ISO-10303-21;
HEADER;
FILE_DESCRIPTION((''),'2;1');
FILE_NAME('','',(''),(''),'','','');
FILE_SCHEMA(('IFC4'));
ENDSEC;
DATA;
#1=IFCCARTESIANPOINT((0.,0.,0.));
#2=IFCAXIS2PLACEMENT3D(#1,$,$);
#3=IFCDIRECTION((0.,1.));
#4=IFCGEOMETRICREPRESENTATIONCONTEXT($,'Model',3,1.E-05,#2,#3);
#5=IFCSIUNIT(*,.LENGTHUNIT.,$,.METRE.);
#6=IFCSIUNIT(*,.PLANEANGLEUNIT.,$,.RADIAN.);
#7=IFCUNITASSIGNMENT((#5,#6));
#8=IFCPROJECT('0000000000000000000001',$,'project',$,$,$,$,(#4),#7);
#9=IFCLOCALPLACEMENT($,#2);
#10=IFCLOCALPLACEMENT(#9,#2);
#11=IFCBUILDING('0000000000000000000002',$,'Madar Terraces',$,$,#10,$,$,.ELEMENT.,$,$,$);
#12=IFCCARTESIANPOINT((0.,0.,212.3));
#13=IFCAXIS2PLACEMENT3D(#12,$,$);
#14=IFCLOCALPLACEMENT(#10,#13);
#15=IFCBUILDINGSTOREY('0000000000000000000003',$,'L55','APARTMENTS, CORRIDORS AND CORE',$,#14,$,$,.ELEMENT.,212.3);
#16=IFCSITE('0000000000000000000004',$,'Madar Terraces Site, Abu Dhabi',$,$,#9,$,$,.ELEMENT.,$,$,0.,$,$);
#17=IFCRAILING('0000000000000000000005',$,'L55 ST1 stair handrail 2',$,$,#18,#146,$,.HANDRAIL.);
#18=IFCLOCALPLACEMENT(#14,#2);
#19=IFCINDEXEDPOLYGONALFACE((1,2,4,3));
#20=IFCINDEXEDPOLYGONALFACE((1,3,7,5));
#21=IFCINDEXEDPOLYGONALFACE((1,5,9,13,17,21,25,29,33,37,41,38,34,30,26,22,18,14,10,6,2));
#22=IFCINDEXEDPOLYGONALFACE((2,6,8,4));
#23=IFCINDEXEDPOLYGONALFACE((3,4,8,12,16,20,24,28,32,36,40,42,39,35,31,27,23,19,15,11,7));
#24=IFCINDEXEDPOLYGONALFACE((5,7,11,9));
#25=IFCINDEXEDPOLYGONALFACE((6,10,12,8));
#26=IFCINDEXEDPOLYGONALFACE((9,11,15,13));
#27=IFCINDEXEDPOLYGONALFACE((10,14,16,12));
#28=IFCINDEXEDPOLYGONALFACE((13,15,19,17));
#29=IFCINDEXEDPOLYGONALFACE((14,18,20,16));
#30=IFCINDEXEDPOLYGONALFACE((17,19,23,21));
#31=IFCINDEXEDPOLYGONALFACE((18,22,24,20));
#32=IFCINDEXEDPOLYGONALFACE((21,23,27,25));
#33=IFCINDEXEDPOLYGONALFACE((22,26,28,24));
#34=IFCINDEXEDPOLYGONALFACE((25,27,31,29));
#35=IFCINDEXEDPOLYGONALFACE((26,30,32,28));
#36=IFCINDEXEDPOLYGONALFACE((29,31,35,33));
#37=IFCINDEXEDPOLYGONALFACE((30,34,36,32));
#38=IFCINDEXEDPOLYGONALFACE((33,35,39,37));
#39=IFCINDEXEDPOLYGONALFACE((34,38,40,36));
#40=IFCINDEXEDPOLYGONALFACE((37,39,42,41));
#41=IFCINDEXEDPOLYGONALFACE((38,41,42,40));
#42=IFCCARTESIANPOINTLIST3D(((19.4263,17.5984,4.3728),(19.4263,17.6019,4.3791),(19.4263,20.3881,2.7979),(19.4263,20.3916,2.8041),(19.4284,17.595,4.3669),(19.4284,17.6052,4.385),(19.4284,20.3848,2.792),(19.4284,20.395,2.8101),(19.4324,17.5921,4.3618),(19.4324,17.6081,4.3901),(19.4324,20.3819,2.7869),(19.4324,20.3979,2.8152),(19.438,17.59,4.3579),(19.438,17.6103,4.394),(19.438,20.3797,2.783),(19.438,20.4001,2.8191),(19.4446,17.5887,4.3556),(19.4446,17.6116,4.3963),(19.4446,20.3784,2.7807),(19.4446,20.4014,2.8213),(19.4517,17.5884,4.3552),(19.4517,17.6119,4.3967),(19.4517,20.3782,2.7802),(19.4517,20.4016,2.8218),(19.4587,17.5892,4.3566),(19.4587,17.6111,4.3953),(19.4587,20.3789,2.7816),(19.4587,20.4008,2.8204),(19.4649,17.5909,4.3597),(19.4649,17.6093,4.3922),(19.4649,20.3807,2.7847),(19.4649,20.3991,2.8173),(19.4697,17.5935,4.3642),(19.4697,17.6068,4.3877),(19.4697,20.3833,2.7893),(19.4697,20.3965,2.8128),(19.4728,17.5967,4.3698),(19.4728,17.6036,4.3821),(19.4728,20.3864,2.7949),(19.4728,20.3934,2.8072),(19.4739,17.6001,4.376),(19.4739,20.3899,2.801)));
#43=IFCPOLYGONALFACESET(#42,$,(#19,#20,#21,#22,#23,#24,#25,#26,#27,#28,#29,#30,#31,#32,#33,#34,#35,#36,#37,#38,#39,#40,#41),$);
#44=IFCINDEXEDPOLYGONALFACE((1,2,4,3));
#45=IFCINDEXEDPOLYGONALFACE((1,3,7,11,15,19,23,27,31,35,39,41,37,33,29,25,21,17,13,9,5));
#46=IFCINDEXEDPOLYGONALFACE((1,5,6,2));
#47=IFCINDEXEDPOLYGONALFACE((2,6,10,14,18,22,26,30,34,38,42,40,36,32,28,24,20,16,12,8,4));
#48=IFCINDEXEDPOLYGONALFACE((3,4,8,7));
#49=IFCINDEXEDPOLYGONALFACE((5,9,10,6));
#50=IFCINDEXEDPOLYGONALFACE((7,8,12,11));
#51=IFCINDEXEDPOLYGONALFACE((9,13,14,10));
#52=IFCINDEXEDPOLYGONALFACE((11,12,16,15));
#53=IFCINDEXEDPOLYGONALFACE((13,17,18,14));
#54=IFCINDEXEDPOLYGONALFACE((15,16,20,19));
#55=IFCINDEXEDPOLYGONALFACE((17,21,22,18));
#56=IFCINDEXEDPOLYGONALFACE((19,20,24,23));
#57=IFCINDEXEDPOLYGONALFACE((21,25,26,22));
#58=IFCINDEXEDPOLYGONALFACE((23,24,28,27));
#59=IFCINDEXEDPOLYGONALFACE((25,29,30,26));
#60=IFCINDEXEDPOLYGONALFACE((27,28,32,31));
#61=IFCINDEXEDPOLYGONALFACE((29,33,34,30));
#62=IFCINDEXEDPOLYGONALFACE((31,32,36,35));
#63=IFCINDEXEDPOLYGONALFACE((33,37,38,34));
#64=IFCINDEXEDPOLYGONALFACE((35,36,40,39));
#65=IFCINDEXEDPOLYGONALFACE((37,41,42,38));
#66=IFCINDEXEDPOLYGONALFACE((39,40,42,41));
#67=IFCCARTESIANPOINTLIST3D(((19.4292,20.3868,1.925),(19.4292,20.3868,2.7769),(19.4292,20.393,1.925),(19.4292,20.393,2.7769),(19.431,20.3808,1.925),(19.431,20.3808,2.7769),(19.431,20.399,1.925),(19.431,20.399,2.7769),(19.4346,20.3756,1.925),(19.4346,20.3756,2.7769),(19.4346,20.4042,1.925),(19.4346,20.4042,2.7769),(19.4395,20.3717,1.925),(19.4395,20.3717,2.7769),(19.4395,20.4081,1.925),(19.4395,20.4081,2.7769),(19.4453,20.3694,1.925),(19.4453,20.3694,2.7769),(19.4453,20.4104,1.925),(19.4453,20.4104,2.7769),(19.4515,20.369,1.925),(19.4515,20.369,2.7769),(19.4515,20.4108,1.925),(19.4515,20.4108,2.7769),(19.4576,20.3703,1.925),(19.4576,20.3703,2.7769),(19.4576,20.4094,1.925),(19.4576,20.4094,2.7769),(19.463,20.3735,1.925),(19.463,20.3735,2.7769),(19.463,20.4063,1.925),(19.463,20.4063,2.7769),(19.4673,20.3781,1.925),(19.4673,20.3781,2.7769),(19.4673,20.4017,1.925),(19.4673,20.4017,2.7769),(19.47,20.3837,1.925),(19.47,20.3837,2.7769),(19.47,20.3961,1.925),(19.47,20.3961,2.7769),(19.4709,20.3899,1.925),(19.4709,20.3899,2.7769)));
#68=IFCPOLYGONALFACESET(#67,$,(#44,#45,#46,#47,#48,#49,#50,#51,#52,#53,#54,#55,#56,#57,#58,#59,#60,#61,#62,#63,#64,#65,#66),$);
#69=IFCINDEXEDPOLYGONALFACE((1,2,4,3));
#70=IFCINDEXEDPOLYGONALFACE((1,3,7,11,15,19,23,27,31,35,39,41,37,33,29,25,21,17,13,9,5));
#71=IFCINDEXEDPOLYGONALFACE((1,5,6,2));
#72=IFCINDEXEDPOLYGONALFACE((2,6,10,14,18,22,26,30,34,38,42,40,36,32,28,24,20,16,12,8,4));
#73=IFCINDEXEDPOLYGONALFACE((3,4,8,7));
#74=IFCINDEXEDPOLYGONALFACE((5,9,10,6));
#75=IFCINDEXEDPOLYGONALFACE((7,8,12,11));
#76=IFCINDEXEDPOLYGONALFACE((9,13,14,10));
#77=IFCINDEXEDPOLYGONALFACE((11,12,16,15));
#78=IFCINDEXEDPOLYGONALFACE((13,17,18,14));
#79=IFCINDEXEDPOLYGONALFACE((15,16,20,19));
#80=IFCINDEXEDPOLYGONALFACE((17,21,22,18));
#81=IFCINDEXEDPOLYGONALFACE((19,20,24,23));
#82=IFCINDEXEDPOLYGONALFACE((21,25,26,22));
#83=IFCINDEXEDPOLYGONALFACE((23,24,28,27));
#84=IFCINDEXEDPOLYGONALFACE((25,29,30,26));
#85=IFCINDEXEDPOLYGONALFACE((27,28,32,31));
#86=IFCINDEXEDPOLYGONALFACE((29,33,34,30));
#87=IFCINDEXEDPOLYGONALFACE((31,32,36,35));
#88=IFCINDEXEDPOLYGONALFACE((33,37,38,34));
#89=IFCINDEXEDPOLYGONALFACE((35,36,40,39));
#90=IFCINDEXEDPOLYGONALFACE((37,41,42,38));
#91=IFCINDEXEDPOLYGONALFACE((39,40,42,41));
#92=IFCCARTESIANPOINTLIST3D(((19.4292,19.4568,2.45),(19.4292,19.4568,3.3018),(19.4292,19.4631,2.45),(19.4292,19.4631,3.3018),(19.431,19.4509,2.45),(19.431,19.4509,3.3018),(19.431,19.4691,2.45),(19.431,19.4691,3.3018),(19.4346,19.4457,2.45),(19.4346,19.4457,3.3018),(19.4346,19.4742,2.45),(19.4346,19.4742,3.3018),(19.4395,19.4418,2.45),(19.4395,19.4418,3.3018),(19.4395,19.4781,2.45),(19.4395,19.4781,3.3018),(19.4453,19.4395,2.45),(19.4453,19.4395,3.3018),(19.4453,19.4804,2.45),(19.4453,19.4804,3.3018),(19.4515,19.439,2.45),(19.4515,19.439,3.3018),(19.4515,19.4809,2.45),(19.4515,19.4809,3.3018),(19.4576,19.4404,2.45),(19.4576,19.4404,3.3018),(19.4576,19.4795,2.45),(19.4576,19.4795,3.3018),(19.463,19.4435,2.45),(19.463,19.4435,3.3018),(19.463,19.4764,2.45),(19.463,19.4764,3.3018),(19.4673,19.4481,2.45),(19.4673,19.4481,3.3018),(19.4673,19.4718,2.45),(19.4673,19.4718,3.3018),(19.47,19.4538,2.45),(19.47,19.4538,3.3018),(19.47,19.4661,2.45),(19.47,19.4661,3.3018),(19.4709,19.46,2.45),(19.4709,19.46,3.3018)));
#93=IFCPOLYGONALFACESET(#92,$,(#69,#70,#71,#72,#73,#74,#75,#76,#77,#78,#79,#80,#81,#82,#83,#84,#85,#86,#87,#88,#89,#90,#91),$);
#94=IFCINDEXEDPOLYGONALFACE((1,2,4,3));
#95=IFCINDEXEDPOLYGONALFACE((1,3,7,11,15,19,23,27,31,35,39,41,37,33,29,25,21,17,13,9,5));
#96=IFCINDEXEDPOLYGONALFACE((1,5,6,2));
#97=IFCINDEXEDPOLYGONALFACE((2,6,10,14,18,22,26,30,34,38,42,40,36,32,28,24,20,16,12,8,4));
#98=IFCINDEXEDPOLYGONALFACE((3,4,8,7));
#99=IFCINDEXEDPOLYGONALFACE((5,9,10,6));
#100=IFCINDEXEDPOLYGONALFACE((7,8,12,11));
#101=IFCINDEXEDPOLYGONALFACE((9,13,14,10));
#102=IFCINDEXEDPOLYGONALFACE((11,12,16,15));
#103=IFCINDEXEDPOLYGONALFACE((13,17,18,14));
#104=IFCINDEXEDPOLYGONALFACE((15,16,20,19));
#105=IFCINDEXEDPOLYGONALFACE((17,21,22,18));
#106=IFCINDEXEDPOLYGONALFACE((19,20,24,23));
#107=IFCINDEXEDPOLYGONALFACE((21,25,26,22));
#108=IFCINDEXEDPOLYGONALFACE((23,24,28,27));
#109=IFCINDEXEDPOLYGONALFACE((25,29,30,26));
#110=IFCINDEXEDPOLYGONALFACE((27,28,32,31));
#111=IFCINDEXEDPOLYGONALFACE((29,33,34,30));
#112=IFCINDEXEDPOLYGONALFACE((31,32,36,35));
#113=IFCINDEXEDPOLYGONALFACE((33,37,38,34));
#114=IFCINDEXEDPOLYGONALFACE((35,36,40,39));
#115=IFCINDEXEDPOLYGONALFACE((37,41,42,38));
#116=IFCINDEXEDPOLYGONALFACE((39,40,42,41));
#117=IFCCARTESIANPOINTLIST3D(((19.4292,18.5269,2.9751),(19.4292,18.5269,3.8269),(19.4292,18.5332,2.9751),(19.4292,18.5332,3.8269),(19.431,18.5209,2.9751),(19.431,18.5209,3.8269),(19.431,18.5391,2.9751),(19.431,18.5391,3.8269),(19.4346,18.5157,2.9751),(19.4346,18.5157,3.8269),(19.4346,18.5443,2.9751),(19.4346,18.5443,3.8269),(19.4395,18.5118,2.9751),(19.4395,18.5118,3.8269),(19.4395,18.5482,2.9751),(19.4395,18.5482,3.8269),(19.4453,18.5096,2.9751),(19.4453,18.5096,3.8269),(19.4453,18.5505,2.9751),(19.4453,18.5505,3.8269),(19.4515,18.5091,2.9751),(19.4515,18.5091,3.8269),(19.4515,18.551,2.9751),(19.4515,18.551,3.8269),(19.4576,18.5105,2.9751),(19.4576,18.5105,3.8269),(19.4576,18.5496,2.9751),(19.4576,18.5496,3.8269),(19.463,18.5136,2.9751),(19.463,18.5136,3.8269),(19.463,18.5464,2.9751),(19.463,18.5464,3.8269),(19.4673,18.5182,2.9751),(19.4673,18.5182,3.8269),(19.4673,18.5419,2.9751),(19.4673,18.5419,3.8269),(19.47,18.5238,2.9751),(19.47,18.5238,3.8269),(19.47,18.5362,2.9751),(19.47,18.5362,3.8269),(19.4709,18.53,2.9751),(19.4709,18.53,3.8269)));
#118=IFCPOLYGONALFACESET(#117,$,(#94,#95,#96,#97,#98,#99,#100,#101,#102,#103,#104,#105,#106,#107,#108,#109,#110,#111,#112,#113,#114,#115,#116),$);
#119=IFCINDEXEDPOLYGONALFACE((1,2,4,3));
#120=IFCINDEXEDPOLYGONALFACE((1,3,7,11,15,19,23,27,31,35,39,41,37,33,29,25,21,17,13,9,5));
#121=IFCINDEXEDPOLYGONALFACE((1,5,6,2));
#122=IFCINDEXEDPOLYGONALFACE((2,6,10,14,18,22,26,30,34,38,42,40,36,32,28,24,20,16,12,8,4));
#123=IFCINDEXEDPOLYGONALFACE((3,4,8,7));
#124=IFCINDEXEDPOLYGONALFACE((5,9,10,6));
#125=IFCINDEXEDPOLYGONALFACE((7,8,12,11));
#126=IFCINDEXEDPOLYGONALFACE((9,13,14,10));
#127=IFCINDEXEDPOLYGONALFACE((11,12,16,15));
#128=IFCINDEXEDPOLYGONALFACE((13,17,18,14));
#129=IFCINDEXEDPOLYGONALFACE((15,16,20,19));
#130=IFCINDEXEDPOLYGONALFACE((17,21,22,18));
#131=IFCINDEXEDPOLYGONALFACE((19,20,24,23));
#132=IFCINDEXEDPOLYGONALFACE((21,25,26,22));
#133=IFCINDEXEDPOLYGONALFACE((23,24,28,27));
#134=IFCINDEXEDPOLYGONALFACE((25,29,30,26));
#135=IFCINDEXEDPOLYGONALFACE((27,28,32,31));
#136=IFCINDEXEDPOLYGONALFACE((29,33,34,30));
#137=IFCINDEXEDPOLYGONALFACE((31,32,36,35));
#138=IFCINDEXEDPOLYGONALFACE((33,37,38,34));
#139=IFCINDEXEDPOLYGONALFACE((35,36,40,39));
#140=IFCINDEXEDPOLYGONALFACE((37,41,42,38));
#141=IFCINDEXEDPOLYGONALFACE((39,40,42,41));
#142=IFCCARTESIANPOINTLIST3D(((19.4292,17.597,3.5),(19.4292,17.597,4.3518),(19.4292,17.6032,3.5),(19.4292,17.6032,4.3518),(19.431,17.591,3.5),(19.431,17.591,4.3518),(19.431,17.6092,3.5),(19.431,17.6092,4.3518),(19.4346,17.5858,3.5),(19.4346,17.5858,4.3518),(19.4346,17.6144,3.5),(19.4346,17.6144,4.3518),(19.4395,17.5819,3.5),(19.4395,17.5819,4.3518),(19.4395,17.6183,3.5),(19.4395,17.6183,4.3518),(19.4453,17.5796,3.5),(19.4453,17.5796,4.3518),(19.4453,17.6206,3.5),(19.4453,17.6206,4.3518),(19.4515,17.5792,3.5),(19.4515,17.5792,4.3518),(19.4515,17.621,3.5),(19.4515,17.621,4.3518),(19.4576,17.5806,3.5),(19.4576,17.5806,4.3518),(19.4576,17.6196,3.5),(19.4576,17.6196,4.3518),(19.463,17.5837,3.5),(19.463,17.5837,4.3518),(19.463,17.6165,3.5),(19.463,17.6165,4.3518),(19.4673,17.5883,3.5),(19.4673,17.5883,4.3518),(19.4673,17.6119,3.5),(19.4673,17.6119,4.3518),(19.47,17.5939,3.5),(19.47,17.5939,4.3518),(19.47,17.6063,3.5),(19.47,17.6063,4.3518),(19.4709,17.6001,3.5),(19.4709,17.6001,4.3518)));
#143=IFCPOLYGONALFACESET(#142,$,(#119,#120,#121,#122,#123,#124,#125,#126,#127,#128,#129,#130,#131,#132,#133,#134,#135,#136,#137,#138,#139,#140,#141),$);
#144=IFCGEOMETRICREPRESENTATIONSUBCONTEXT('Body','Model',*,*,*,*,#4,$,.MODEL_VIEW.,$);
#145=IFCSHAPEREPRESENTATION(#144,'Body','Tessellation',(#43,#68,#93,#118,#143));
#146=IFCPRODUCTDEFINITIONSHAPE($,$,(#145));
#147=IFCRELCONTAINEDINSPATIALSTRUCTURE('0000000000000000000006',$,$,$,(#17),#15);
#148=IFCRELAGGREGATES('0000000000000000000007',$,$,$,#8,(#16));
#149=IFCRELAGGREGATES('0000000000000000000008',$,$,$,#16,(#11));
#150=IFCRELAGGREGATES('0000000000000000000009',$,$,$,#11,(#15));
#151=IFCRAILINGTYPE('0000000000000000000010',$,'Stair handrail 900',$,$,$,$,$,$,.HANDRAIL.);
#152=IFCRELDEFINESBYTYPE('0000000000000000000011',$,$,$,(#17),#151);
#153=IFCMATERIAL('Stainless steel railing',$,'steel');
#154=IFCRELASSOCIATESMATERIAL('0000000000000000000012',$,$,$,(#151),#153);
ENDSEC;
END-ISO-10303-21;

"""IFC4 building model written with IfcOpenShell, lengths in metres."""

from ifc_helpers import new_model, si_unit, direction, frame, origin, origin_2d, place, context, subcontext, project, spatial, circle, extrude, material, type_object, element, save


model = new_model("IFC4")

# Units and contexts
model_context = context("Model", 3, precision=1e-05, world=origin(), true_north=direction((0.0, 1.0)))
body_context = subcontext(model_context, "Body", "Model", "MODEL_VIEW")
ifc_project = project(units=[si_unit("LENGTHUNIT", "METRE"), si_unit("PLANEANGLEUNIT", "RADIAN")], contexts=[model_context])

# Site, building, storey
site_placement = place(None, origin())
site = spatial("IfcSite", under=ifc_project, at=site_placement, Name="Madar Terraces Site, Abu Dhabi", CompositionType="ELEMENT", RefElevation=0.0)
building_placement = place(site_placement, origin())
building = spatial("IfcBuilding", under=site, at=building_placement, Name="Madar Terraces", CompositionType="ELEMENT")
storey_placement = place(building_placement, frame((0.0, 0.0, 212.3)))
storey = spatial("IfcBuildingStorey", under=building, at=storey_placement, Name="L55", Description="APARTMENTS, CORRIDORS AND CORE", CompositionType="ELEMENT", Elevation=212.3)

# Railing
ifc_material_1 = material(Name="Stainless steel railing", Category="steel")
railing_type_1 = type_object("IfcRailingType", Name="Stair handrail 900", PredefinedType="HANDRAIL", material=ifc_material_1)
railing_1_placement = place(storey_placement, frame((19.45, 20.3899, 1.925)))
element("IfcRailing", 1, at=railing_1_placement, inside=storey, type_object=railing_type_1, Name="L55 ST1 stair handrail 2", PredefinedType="HANDRAIL", context=body_context, shape_type="SweptSolid", body=[
    extrude(circle(Radius=0.0239, at=origin_2d()), frame((0.0, 0.0, 0.876), z_axis=(0.0, -0.870815, 0.49161), x_axis=(1.0, 0.0, 0.0)), (0.0, 0.0, 1.0), 3.2036),
    extrude(circle(Radius=0.021, at=origin_2d()), origin(), (0.0, 0.0, 1.0), 0.8518),
    extrude(circle(Radius=0.021, at=origin_2d()), frame((0.0, -0.9299, 0.5249)), (0.0, 0.0, 1.0), 0.8518),
    extrude(circle(Radius=0.021, at=origin_2d()), frame((0.0, -1.8599, 1.05)), (0.0, 0.0, 1.0), 0.8518),
    extrude(circle(Radius=0.021, at=origin_2d()), frame((0.0, -2.7898, 1.575)), (0.0, 0.0, 1.0), 0.8518),
])

save(model, "model.ifc")
